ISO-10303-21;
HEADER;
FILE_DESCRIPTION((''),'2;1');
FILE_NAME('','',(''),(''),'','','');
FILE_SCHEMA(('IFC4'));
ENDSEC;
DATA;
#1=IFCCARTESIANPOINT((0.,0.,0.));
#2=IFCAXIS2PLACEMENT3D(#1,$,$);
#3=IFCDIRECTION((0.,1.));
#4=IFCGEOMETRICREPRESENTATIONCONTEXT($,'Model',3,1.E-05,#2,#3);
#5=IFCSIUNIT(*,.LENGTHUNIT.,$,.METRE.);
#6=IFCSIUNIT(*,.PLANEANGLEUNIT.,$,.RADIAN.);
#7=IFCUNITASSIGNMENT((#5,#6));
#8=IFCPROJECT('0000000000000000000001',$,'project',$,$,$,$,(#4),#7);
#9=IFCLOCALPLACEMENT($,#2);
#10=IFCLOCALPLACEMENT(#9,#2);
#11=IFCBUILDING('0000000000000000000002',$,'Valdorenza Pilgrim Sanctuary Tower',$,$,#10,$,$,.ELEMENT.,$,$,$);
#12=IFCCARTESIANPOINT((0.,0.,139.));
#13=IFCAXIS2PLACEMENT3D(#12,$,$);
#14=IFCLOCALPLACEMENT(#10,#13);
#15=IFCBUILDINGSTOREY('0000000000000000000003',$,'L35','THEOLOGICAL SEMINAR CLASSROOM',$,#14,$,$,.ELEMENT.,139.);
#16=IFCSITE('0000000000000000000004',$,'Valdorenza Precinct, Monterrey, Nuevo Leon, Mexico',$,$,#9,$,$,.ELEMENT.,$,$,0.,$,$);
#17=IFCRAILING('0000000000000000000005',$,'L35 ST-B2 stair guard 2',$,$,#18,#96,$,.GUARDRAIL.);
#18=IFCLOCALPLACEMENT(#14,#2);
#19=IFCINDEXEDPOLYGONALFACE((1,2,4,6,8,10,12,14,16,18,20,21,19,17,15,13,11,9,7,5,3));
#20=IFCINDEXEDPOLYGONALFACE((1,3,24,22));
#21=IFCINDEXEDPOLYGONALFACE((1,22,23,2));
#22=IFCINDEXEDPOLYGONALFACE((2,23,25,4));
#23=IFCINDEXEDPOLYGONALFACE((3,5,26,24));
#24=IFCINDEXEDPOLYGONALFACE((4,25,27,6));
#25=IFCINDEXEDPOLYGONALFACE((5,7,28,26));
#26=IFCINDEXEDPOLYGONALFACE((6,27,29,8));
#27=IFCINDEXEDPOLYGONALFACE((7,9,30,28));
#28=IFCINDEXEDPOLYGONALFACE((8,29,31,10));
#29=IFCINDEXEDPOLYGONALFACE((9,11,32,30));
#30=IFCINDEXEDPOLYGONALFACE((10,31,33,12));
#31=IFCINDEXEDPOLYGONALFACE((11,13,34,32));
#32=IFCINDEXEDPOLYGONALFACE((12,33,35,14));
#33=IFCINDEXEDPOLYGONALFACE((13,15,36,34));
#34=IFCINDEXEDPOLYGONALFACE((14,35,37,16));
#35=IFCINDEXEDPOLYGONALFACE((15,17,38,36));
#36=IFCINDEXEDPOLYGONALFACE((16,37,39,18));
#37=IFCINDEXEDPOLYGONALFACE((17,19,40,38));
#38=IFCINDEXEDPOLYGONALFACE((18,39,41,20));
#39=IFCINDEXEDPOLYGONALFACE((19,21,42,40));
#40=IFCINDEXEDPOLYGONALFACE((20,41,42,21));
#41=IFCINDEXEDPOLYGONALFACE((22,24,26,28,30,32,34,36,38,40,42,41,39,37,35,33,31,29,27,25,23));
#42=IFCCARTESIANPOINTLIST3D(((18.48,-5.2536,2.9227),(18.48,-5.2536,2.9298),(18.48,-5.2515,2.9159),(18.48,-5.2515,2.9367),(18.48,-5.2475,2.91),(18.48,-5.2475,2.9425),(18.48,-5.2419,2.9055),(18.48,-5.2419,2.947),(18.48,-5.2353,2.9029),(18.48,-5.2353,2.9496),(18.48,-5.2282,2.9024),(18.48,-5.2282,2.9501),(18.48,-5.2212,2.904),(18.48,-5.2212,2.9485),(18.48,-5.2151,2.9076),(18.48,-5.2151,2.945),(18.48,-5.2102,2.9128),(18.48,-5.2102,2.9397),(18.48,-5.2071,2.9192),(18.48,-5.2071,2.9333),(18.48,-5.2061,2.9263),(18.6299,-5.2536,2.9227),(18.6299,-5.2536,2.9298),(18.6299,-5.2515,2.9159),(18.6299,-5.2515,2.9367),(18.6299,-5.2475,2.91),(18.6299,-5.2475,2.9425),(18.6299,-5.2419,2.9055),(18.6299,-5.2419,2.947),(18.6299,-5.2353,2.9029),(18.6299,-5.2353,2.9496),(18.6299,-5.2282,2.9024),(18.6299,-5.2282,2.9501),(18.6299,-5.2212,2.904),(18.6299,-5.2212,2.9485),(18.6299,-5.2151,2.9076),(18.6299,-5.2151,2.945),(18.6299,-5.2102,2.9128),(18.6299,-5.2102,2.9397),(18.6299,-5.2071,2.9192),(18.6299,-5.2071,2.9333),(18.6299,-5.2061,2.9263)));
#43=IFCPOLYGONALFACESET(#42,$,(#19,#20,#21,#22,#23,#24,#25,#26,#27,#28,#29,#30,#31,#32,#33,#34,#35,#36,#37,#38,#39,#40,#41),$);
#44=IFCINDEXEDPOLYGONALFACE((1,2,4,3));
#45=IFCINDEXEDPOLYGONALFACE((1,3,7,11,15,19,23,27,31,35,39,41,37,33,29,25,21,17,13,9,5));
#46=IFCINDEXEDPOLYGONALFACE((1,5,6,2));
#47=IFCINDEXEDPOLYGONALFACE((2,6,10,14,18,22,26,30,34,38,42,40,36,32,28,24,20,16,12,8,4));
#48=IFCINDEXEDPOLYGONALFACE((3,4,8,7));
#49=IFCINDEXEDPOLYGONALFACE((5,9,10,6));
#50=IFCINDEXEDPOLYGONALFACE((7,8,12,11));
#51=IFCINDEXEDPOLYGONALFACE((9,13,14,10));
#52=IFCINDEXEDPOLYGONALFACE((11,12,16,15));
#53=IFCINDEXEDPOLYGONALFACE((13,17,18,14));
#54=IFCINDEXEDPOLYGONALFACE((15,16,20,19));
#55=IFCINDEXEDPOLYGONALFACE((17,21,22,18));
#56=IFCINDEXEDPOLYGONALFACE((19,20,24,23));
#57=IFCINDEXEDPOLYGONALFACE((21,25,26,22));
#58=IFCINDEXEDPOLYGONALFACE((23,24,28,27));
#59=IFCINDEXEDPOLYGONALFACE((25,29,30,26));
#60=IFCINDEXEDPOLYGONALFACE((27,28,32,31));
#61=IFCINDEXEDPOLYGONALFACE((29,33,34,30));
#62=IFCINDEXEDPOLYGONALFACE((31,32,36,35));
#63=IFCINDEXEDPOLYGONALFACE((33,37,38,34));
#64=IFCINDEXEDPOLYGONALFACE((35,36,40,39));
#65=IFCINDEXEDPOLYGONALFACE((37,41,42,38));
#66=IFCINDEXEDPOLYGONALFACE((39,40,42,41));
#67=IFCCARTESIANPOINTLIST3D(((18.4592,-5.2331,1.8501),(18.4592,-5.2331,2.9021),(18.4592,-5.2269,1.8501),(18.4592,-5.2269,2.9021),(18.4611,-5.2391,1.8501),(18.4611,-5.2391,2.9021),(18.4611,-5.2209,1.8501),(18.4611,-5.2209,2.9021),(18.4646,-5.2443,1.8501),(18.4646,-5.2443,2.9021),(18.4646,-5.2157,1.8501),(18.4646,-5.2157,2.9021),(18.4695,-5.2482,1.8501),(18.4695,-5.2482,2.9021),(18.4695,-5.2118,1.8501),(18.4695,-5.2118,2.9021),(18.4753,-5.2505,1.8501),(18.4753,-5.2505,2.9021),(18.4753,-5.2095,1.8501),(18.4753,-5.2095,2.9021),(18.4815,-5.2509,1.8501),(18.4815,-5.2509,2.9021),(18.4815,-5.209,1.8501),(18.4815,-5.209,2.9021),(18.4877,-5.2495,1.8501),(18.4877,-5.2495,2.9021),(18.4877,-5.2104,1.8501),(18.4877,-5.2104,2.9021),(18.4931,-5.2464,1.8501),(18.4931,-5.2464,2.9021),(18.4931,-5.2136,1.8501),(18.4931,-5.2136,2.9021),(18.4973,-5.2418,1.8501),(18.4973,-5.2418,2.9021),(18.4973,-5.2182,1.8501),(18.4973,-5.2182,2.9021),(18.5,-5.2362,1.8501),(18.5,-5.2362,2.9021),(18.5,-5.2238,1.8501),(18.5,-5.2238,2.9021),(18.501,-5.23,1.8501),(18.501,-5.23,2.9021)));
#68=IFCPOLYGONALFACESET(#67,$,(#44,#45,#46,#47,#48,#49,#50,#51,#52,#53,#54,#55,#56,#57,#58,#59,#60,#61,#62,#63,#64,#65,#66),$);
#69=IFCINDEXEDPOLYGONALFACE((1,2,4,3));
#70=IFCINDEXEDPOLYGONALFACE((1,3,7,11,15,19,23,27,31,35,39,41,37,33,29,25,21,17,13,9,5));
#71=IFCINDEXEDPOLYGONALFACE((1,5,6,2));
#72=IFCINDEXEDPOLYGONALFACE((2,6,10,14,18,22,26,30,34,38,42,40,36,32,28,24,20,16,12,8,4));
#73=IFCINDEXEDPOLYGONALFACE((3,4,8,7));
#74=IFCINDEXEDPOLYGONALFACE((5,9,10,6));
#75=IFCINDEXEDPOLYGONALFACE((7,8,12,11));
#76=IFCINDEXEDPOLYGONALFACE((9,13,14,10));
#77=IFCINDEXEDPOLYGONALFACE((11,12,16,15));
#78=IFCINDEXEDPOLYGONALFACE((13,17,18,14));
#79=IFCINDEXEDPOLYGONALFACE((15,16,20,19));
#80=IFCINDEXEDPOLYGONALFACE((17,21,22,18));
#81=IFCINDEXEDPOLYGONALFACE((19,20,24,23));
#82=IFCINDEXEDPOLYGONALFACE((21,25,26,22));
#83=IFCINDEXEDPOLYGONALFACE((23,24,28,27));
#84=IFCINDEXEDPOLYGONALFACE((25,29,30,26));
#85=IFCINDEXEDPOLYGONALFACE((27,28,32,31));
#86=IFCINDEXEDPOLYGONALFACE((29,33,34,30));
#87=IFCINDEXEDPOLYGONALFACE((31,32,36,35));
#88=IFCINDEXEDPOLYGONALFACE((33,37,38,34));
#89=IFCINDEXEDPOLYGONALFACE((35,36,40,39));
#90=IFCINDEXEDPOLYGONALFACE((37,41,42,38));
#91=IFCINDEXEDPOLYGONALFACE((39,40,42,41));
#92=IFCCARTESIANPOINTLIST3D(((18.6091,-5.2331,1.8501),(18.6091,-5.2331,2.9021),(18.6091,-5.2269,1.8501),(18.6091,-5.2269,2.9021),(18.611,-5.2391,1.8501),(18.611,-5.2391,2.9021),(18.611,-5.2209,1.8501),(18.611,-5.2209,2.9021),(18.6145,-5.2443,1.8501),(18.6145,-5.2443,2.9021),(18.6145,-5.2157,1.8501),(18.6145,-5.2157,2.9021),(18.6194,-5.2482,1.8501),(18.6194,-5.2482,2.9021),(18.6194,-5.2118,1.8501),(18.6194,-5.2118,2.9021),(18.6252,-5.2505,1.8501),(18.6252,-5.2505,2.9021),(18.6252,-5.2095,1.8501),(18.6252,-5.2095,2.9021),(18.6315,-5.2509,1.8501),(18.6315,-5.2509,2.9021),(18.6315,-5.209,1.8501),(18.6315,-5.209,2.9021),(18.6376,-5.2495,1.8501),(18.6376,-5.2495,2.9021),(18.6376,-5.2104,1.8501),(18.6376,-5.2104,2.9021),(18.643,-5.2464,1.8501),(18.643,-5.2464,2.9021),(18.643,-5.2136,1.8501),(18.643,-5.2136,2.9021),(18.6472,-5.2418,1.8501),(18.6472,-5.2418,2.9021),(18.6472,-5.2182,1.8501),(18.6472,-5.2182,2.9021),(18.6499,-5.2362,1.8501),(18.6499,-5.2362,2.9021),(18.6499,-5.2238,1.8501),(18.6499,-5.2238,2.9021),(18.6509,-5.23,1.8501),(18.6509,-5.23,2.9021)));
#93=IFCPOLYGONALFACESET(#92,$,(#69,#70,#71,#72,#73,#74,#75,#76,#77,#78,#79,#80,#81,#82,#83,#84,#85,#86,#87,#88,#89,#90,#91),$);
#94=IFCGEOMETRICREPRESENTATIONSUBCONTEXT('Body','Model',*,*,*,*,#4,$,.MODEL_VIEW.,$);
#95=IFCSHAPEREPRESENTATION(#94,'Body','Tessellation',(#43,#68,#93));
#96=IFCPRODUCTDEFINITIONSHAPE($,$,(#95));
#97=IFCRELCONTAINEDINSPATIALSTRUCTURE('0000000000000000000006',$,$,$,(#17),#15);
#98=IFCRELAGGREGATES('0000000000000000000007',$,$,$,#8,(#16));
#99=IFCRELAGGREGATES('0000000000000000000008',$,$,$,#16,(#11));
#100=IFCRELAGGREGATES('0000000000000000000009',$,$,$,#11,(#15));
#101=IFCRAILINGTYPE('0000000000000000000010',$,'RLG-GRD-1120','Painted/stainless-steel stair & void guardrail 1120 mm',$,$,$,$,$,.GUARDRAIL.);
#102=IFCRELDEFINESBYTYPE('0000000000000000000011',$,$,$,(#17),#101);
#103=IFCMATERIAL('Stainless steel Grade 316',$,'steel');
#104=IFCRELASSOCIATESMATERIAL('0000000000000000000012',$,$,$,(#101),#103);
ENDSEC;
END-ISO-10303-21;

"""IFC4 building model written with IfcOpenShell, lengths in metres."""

from ifc_helpers import new_model, si_unit, direction, frame, origin, origin_2d, place, context, subcontext, project, spatial, circle, extrude, material, type_object, element, save


model = new_model("IFC4")

# Units and contexts
model_context = context("Model", 3, precision=1e-05, world=origin(), true_north=direction((0.0, 1.0)))
body_context = subcontext(model_context, "Body", "Model", "MODEL_VIEW")
ifc_project = project(units=[si_unit("LENGTHUNIT", "METRE"), si_unit("PLANEANGLEUNIT", "RADIAN")], contexts=[model_context])

# Site, building, storey
site_placement = place(None, origin())
site = spatial("IfcSite", under=ifc_project, at=site_placement, Name="Valdorenza Precinct, Monterrey, Nuevo Leon, Mexico", CompositionType="ELEMENT", RefElevation=0.0)
building_placement = place(site_placement, origin())
building = spatial("IfcBuilding", under=site, at=building_placement, Name="Valdorenza Pilgrim Sanctuary Tower", CompositionType="ELEMENT")
storey_placement = place(building_placement, frame((0.0, 0.0, 139.0)))
storey = spatial("IfcBuildingStorey", under=building, at=storey_placement, Name="L35", Description="THEOLOGICAL SEMINAR CLASSROOM", CompositionType="ELEMENT", Elevation=139.0)

# Railing
ifc_material_1 = material(Name="Stainless steel Grade 316", Category="steel")
railing_type_1 = type_object("IfcRailingType", Name="RLG-GRD-1120", Description="Painted/stainless-steel stair & void guardrail 1120 mm", PredefinedType="GUARDRAIL", material=ifc_material_1)
railing_1_placement = place(storey_placement, frame((18.48, -5.23, 1.8501)))
element("IfcRailing", 1, at=railing_1_placement, inside=storey, type_object=railing_type_1, Name="L35 ST-B2 stair guard 2", PredefinedType="GUARDRAIL", context=body_context, shape_type="SweptSolid", body=[
    extrude(circle(Radius=0.0239, at=origin_2d()), frame((0.0, 0.0, 1.0762), z_axis=(1.0, 0.0, 0.0), x_axis=(0.0, 1.0, 0.0)), (0.0, 0.0, 1.0), 0.1499),
    extrude(circle(Radius=0.021, at=origin_2d()), origin(), (0.0, 0.0, 1.0), 1.052),
    extrude(circle(Radius=0.021, at=origin_2d()), frame((0.1499, 0.0, 0.0)), (0.0, 0.0, 1.0), 1.052),
])

save(model, "model.ifc")
